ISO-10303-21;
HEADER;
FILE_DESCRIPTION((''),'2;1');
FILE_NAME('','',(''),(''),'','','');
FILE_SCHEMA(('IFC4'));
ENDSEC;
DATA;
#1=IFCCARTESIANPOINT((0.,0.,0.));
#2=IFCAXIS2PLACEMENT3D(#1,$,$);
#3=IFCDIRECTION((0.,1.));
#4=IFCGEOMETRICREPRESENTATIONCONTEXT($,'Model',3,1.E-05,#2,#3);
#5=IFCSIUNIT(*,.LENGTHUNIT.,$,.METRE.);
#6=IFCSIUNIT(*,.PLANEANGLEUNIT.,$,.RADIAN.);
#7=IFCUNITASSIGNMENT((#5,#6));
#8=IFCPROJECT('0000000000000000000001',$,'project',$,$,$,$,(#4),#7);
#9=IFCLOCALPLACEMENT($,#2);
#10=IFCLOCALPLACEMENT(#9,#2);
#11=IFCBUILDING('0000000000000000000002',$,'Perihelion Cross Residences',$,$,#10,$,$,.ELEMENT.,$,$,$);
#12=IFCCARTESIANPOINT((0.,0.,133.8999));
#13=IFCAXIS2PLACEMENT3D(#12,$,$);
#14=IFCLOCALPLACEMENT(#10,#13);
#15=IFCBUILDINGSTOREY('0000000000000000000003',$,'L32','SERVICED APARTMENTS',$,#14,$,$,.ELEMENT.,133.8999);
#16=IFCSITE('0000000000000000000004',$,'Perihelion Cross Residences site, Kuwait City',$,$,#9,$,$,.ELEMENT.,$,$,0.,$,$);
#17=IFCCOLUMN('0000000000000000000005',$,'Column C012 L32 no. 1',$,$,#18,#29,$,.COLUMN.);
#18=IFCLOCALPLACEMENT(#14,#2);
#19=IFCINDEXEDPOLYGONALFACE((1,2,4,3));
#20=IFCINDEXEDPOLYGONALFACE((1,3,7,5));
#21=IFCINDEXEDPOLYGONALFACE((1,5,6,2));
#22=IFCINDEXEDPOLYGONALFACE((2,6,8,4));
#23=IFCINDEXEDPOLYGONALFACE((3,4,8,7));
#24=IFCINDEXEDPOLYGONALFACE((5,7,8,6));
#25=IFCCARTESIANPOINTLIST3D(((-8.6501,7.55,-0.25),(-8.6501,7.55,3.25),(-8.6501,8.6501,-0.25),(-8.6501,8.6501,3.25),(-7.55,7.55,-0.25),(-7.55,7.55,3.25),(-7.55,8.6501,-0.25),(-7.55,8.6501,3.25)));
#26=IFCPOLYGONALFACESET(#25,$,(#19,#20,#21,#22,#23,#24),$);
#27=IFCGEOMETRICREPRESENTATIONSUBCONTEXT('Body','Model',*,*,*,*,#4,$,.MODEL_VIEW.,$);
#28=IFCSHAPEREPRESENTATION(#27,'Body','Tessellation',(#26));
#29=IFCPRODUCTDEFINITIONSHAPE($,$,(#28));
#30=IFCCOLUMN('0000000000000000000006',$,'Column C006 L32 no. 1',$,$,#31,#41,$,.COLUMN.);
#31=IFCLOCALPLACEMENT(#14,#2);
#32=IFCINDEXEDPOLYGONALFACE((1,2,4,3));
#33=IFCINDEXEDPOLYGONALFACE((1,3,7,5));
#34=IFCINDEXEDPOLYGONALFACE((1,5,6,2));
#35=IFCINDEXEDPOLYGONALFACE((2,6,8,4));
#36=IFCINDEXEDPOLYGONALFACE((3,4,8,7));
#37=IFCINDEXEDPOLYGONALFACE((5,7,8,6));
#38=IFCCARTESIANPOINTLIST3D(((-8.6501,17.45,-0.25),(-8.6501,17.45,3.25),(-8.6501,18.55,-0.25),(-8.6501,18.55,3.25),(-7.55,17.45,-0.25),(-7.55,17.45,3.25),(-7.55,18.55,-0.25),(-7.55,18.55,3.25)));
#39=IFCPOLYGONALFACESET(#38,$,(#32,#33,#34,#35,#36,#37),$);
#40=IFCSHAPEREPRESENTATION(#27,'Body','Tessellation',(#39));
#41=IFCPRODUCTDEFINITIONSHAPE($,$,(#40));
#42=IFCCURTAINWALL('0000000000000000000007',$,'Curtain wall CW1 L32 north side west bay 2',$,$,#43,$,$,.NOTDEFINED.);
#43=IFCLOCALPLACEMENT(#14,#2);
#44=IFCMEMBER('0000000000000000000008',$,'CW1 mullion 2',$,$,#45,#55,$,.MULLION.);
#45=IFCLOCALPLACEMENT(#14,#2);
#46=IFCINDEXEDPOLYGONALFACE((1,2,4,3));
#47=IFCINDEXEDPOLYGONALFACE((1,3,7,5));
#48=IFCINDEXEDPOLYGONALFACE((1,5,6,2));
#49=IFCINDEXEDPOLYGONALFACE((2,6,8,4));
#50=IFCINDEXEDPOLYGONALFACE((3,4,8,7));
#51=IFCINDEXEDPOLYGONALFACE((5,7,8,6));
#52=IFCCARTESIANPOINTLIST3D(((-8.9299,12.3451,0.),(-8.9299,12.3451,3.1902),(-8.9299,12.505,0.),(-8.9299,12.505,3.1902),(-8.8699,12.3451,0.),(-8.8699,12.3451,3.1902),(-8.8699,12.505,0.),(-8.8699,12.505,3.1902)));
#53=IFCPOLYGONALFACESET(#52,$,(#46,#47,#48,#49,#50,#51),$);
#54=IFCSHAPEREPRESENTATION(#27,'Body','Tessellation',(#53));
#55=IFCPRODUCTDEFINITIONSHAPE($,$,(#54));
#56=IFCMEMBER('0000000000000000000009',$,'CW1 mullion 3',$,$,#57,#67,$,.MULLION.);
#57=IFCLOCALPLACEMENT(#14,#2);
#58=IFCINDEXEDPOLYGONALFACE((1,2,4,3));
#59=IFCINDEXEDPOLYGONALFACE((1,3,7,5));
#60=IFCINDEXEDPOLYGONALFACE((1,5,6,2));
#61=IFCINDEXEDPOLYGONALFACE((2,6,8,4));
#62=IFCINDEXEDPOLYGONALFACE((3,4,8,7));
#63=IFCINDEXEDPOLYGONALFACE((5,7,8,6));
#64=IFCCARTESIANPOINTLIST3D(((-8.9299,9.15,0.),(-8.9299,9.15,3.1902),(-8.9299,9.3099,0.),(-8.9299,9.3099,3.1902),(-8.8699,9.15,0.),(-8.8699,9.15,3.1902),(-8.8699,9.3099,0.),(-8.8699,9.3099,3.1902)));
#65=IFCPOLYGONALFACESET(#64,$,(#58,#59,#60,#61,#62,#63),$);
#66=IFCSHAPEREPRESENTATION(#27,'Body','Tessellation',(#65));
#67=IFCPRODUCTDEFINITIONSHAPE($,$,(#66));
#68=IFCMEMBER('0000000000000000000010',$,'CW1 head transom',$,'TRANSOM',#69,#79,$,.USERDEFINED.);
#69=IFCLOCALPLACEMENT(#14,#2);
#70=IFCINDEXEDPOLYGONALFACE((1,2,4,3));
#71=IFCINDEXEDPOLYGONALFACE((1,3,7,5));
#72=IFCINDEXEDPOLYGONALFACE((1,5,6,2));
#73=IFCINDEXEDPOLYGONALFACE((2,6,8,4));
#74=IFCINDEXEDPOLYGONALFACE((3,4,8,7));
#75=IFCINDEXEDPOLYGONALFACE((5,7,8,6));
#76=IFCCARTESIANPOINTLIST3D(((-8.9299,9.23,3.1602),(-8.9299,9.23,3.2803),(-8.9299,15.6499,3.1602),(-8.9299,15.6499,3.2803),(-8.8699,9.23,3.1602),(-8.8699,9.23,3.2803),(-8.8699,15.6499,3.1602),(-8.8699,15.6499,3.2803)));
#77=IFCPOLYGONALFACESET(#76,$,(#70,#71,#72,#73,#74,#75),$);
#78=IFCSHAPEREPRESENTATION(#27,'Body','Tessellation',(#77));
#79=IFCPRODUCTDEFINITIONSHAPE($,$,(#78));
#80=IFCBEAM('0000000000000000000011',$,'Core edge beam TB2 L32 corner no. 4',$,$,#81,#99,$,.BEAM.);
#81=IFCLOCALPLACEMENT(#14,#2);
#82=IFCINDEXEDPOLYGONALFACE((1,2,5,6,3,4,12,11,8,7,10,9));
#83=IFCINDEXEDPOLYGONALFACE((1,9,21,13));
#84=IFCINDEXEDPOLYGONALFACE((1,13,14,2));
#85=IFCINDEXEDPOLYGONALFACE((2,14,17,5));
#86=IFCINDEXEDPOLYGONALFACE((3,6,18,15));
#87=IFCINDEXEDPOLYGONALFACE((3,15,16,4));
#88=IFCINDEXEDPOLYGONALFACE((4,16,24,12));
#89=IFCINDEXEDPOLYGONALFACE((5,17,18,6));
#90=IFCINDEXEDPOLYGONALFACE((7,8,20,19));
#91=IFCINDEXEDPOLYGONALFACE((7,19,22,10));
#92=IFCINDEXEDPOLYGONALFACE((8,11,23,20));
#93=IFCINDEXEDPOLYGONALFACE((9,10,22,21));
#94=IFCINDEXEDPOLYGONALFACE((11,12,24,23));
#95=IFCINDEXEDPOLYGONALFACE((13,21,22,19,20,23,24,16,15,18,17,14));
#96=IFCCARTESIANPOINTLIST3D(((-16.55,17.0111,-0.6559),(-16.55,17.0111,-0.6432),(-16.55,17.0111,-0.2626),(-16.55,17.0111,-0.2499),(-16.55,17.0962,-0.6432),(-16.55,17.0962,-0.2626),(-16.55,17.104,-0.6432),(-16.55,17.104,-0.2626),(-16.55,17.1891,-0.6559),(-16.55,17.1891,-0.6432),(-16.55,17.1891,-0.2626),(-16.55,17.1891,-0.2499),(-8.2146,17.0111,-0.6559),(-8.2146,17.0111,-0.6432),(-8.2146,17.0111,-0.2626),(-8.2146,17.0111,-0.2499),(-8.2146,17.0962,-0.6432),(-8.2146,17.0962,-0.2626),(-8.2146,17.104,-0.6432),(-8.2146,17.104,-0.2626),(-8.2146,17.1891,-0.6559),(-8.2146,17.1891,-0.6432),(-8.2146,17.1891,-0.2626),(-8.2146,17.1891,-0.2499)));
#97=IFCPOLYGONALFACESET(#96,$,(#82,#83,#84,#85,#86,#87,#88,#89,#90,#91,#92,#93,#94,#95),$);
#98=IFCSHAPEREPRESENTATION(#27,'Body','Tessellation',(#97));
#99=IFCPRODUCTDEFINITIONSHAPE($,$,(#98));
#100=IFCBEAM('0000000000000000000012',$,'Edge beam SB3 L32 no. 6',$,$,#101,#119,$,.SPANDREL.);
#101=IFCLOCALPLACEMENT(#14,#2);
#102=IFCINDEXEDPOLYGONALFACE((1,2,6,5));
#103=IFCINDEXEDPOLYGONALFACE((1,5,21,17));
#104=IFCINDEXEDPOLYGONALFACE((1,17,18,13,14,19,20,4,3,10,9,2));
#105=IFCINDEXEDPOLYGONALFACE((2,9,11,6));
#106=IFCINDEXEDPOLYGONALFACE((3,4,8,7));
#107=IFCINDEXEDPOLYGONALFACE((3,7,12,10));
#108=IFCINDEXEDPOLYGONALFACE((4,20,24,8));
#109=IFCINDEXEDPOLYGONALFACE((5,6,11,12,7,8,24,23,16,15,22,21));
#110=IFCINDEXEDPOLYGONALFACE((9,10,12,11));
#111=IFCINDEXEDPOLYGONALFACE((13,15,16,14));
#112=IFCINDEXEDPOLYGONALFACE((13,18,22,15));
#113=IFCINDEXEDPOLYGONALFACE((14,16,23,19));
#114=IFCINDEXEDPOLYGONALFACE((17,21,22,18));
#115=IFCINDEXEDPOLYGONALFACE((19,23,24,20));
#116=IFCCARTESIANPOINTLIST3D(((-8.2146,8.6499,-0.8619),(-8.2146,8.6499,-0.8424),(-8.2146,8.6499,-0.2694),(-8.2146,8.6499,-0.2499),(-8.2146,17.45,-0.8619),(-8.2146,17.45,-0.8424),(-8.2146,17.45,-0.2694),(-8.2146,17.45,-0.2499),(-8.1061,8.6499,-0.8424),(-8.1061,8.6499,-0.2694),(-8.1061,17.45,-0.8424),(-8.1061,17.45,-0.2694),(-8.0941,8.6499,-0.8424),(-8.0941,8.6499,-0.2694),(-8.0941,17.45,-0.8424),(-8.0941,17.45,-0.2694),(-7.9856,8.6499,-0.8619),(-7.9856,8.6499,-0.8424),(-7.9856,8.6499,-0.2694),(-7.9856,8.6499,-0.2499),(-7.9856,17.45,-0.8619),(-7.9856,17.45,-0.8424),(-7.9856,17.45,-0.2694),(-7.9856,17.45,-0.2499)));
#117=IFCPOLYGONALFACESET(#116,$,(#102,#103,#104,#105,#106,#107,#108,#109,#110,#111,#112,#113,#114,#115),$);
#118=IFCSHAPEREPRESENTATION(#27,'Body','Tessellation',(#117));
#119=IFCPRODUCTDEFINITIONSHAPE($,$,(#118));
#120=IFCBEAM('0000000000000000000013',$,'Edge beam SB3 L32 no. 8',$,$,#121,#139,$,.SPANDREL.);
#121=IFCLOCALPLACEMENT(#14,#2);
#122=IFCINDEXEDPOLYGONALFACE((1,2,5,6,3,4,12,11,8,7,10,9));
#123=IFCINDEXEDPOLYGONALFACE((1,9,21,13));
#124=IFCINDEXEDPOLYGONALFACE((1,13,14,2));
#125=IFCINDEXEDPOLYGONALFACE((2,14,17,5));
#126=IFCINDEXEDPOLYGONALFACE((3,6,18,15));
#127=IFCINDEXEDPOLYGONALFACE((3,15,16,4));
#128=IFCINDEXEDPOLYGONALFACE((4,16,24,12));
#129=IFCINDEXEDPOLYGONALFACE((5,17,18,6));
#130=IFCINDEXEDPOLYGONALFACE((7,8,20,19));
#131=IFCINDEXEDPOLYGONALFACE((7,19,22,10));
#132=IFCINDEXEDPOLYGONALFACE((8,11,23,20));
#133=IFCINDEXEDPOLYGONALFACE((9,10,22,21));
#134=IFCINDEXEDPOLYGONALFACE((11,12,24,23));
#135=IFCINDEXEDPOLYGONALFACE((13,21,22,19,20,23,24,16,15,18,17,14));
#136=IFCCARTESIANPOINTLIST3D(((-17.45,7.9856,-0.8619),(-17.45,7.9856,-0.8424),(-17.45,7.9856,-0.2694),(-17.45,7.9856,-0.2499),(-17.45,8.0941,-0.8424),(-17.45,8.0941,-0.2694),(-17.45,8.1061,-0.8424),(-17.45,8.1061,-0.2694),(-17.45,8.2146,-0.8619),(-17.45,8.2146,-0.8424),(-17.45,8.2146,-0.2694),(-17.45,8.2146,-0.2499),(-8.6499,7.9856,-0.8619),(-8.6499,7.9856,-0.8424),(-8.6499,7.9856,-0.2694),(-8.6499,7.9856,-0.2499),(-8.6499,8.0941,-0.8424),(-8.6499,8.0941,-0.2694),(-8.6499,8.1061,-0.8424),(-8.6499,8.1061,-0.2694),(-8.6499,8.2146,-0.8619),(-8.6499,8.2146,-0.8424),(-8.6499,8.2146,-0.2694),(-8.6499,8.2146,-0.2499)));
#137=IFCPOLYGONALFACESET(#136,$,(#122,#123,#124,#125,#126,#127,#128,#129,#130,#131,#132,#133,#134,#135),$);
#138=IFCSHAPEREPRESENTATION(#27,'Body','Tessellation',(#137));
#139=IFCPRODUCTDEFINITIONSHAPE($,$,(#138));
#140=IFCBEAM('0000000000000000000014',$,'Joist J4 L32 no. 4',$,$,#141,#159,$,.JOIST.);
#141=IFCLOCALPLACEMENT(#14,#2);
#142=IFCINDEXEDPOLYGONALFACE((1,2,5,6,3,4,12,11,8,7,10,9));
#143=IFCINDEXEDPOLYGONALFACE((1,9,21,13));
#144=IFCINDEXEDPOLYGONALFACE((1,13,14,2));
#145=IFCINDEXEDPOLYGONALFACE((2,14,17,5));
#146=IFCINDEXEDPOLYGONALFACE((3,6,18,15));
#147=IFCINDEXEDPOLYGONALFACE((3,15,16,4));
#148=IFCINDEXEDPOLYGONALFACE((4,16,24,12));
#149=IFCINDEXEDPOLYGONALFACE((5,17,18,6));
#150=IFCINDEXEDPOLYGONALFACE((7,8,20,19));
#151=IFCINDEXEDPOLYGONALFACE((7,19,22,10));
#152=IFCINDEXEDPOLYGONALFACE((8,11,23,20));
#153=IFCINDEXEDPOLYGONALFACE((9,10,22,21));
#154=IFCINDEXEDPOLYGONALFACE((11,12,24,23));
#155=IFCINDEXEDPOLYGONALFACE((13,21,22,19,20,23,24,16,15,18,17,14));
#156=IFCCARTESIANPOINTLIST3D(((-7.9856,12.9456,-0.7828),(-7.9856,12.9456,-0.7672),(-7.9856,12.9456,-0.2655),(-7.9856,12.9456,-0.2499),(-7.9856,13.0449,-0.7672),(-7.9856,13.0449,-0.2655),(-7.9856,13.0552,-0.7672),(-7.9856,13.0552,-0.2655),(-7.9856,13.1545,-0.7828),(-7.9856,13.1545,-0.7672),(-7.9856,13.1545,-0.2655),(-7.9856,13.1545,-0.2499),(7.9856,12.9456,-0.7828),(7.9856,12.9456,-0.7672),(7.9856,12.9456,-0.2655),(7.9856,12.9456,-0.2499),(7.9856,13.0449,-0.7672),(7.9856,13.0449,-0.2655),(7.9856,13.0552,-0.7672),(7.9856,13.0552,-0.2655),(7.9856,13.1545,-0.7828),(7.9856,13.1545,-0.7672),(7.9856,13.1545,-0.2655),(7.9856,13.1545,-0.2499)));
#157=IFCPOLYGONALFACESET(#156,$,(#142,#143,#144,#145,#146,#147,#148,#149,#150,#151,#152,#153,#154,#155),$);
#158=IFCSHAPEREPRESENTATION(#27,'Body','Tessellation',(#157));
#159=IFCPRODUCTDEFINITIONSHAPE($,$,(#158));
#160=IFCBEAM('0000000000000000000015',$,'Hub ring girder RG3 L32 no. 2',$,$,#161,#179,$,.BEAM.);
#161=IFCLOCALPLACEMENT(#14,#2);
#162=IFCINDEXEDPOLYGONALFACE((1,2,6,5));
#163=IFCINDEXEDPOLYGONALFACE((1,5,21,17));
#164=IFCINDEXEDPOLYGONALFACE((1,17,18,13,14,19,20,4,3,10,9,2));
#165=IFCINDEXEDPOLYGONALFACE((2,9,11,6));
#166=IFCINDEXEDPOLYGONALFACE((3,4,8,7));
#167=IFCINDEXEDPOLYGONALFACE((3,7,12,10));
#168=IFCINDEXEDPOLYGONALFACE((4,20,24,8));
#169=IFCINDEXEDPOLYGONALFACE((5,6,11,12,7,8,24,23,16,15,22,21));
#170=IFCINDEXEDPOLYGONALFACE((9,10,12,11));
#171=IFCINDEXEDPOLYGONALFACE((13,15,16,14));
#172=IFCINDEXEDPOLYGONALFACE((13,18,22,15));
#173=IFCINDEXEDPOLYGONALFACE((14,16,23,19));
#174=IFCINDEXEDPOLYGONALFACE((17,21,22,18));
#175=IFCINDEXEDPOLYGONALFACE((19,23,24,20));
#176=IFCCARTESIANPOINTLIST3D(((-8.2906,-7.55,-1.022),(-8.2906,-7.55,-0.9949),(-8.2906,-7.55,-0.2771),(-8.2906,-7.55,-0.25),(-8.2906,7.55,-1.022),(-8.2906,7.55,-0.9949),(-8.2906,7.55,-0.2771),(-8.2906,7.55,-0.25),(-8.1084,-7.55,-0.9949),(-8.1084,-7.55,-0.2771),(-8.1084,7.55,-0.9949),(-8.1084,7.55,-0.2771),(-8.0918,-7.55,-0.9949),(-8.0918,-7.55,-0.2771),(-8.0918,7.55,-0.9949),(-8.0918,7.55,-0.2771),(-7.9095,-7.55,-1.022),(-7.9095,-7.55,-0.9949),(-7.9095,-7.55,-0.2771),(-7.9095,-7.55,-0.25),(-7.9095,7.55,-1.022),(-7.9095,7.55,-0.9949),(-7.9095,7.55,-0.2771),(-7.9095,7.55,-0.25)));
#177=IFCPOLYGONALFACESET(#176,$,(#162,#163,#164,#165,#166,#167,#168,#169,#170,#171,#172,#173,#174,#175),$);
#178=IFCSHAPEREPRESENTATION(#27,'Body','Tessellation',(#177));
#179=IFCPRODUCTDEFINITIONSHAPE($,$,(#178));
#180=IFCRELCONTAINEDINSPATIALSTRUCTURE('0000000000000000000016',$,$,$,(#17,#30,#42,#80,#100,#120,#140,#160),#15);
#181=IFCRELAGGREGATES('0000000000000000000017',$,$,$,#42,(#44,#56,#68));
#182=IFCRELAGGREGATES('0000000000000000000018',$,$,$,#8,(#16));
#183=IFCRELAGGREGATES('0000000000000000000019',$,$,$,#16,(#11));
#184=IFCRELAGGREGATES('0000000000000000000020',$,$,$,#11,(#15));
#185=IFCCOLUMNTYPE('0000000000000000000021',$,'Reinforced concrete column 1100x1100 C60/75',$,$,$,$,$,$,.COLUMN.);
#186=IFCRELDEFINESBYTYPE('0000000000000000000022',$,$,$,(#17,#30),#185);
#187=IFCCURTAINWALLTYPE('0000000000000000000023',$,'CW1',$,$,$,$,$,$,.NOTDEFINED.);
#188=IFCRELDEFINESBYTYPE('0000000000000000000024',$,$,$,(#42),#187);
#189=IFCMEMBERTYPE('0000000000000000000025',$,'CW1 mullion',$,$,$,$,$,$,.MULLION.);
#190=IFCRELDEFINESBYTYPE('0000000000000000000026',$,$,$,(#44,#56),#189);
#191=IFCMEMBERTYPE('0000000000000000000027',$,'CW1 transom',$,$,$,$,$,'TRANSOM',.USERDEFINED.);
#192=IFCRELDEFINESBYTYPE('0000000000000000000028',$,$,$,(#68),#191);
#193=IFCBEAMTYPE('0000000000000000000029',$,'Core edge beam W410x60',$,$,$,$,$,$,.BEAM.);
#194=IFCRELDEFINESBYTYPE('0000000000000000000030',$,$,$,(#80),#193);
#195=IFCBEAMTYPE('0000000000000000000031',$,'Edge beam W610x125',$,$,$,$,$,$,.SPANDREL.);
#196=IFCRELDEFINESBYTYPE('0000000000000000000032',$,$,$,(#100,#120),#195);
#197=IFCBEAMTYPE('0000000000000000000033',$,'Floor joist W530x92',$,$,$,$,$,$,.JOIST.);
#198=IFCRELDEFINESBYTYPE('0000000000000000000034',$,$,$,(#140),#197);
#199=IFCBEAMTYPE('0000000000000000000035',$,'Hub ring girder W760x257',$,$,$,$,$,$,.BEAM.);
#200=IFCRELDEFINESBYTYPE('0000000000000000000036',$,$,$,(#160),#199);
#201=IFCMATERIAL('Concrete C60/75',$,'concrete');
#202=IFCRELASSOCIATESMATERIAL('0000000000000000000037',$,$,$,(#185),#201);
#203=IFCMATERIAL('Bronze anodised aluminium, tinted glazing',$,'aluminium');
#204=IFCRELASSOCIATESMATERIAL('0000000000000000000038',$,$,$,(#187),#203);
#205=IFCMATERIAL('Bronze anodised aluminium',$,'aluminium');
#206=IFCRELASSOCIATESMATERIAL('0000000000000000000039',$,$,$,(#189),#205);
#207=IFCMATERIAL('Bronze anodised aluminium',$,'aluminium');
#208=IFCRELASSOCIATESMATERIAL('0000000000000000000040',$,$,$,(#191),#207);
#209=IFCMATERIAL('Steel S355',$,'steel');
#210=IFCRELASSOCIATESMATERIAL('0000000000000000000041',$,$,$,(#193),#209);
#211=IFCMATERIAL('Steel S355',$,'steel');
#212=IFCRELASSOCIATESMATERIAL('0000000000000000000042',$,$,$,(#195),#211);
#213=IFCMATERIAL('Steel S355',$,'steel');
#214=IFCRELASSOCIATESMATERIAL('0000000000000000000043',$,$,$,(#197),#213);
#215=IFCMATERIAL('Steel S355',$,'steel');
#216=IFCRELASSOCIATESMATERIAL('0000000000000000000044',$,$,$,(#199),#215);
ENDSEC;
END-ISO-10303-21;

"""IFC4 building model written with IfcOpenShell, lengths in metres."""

from ifc_helpers import new_model, si_unit, direction, frame, origin, origin_2d, place, context, subcontext, project, spatial, rectangle, i_section, extrude, material, material_profile, profile_set, type_object, element, aggregate, save


model = new_model("IFC4")

# Units and contexts
model_context = context("Model", 3, precision=1e-05, world=origin(), true_north=direction((0.0, 1.0)))
body_context = subcontext(model_context, "Body", "Model", "MODEL_VIEW")
ifc_project = project(units=[si_unit("LENGTHUNIT", "METRE"), si_unit("PLANEANGLEUNIT", "RADIAN")], contexts=[model_context])

# Site, building, storey
site_placement = place(None, origin())
site = spatial("IfcSite", under=ifc_project, at=site_placement, Name="Perihelion Cross Residences site, Kuwait City", CompositionType="ELEMENT", RefElevation=0.0)
building_placement = place(site_placement, origin())
building = spatial("IfcBuilding", under=site, at=building_placement, Name="Perihelion Cross Residences", CompositionType="ELEMENT")
storey_placement = place(building_placement, frame((0.0, 0.0, 133.8999)))
storey = spatial("IfcBuildingStorey", under=building, at=storey_placement, Name="L32", Description="SERVICED APARTMENTS", CompositionType="ELEMENT", Elevation=133.8999)

# Columns
ifc_material_1 = material(Name="Concrete C60/75", Category="concrete")
ifc_material_profile_1 = material_profile(ifc_material_1, rectangle(XDim=1.1001, YDim=1.1001, at=origin_2d()), Name="RC 1100x1100")
ifc_profile_set_1 = profile_set([ifc_material_profile_1], Name="Concrete C60/75")
column_type = type_object("IfcColumnType", Name="Reinforced concrete column 1100x1100 C60/75", PredefinedType="COLUMN", material=ifc_profile_set_1)
for number, where, z_axis, x_axis, name in (
    (1, (-8.1001, 8.1001, -0.25), (0.0, 0.0, 1.0), (1.0, 0.0, 0.0), "Column C012 L32 no. 1"),
    (2, (-8.1001, 18.0, -0.25), (0.0, 0.0, 1.0), (1.0, 0.0, 0.0), "Column C006 L32 no. 1"),
):
    element("IfcColumn", number, at=place(storey_placement, frame(where, z_axis=z_axis, x_axis=x_axis)), inside=storey, type_object=column_type, Name=name, PredefinedType="COLUMN", context=body_context, shape_type="SweptSolid", body=[
        extrude(rectangle(XDim=1.1001, YDim=1.1001, at=origin_2d()), origin(), (0.0, 0.0, 1.0), 3.5),
    ])

# Curtain wall, members
ifc_material_2 = material(Name="Bronze anodised aluminium, tinted glazing", Category="aluminium")
curtain_wall_type = type_object("IfcCurtainWallType", Name="CW1", PredefinedType="NOTDEFINED", material=ifc_material_2)
curtain_wall_placement = place(storey_placement, origin())
curtain_wall = element("IfcCurtainWall", 3, at=curtain_wall_placement, inside=storey, type_object=curtain_wall_type, Name="Curtain wall CW1 L32 north side west bay 2", PredefinedType="NOTDEFINED")
ifc_material_3 = material(Name="Bronze anodised aluminium", Category="aluminium")
ifc_material_profile_2 = material_profile(ifc_material_3, rectangle(XDim=0.0601, YDim=0.1599, at=origin_2d()), Name="CW1 mullion")
ifc_profile_set_2 = profile_set([ifc_material_profile_2], Name="Bronze anodised aluminium")
member_type_1 = type_object("IfcMemberType", Name="CW1 mullion", PredefinedType="MULLION", material=ifc_profile_set_2)
member_1_placement = place(storey_placement, frame((-8.8999, 12.425, 0.0), z_axis=(0.0, 0.0, 1.0), x_axis=(1.0, 0.0, 0.0)))
member_1 = element("IfcMember", 4, at=member_1_placement, type_object=member_type_1, Name="CW1 mullion 2", PredefinedType="MULLION", context=body_context, shape_type="SweptSolid", body=[
    extrude(rectangle(XDim=0.0601, YDim=0.1599, at=origin_2d()), origin(), (0.0, 0.0, 1.0), 3.1902),
])
member_2_placement = place(storey_placement, frame((-8.8999, 9.23, 0.0), z_axis=(0.0, 0.0, 1.0), x_axis=(1.0, 0.0, 0.0)))
member_2 = element("IfcMember", 5, at=member_2_placement, type_object=member_type_1, Name="CW1 mullion 3", PredefinedType="MULLION", context=body_context, shape_type="SweptSolid", body=[
    extrude(rectangle(XDim=0.0601, YDim=0.1599, at=origin_2d()), origin(), (0.0, 0.0, 1.0), 3.1902),
])
ifc_material_4 = material(Name="Bronze anodised aluminium", Category="aluminium")
ifc_material_profile_3 = material_profile(ifc_material_4, rectangle(XDim=0.0601, YDim=0.1201, at=origin_2d()), Name="CW1 transom")
ifc_profile_set_3 = profile_set([ifc_material_profile_3], Name="Bronze anodised aluminium")
member_type_2 = type_object("IfcMemberType", Name="CW1 transom", ElementType="TRANSOM", PredefinedType="USERDEFINED", material=ifc_profile_set_3)
member_3_placement = place(storey_placement, frame((-8.8999, 15.6499, 3.2202), z_axis=(0.0, -1.0, 0.0), x_axis=(1.0, 0.0, 0.0)))
member_3 = element("IfcMember", 6, at=member_3_placement, type_object=member_type_2, Name="CW1 head transom", ObjectType="TRANSOM", PredefinedType="USERDEFINED", context=body_context, shape_type="SweptSolid", body=[
    extrude(rectangle(XDim=0.0601, YDim=0.1201, at=origin_2d()), origin(), (0.0, 0.0, 1.0), 6.4199),
])

# Beams
ifc_material_5 = material(Name="Steel S355", Category="steel")
ifc_material_profile_4 = material_profile(ifc_material_5, i_section(OverallWidth=0.178, OverallDepth=0.406, WebThickness=0.0078, FlangeThickness=0.0127, at=origin_2d()), Name="W410x60")
ifc_profile_set_4 = profile_set([ifc_material_profile_4], Name="Steel S355")
beam_type_1 = type_object("IfcBeamType", Name="Core edge beam W410x60", PredefinedType="BEAM", material=ifc_profile_set_4)
beam_1_placement = place(storey_placement, frame((-8.2146, 17.1001, -0.4529), z_axis=(-1.0, 0.0, 0.0), x_axis=(0.0, -1.0, 0.0)))
element("IfcBeam", 7, at=beam_1_placement, inside=storey, type_object=beam_type_1, Name="Core edge beam TB2 L32 corner no. 4", PredefinedType="BEAM", context=body_context, shape_type="SweptSolid", body=[
    extrude(i_section(OverallWidth=0.178, OverallDepth=0.406, WebThickness=0.0078, FlangeThickness=0.0127, at=origin_2d()), origin(), (0.0, 0.0, 1.0), 8.3354),
])
ifc_material_6 = material(Name="Steel S355", Category="steel")
ifc_material_profile_5 = material_profile(ifc_material_6, i_section(OverallWidth=0.229, OverallDepth=0.6121, WebThickness=0.012, FlangeThickness=0.0195, at=origin_2d()), Name="W610x125")
ifc_profile_set_5 = profile_set([ifc_material_profile_5], Name="Steel S355")
beam_type_2 = type_object("IfcBeamType", Name="Edge beam W610x125", PredefinedType="SPANDREL", material=ifc_profile_set_5)
for number, where, z_axis, x_axis, name in (
    (8, (-8.1001, 17.45, -0.5559), (0.0, -1.0, 0.0), (1.0, 0.0, 0.0), "Edge beam SB3 L32 no. 6"),
    (9, (-8.6499, 8.1001, -0.5559), (-1.0, 0.0, 0.0), (0.0, -1.0, 0.0), "Edge beam SB3 L32 no. 8"),
):
    element("IfcBeam", number, at=place(storey_placement, frame(where, z_axis=z_axis, x_axis=x_axis)), inside=storey, type_object=beam_type_2, Name=name, PredefinedType="SPANDREL", context=body_context, shape_type="SweptSolid", body=[
        extrude(i_section(OverallWidth=0.229, OverallDepth=0.6121, WebThickness=0.012, FlangeThickness=0.0195, at=origin_2d()), origin(), (0.0, 0.0, 1.0), 8.8),
    ])
ifc_material_7 = material(Name="Steel S355", Category="steel")
ifc_material_profile_6 = material_profile(ifc_material_7, i_section(OverallWidth=0.209, OverallDepth=0.533, WebThickness=0.0103, FlangeThickness=0.0156, at=origin_2d()), Name="W530x92")
ifc_profile_set_6 = profile_set([ifc_material_profile_6], Name="Steel S355")
beam_type_3 = type_object("IfcBeamType", Name="Floor joist W530x92", PredefinedType="JOIST", material=ifc_profile_set_6)
beam_2_placement = place(storey_placement, frame((-7.9856, 13.05, -0.5164), z_axis=(1.0, 0.0, 0.0), x_axis=(0.0, 1.0, 0.0)))
element("IfcBeam", 10, at=beam_2_placement, inside=storey, type_object=beam_type_3, Name="Joist J4 L32 no. 4", PredefinedType="JOIST", context=body_context, shape_type="SweptSolid", body=[
    extrude(i_section(OverallWidth=0.209, OverallDepth=0.533, WebThickness=0.0103, FlangeThickness=0.0156, at=origin_2d()), origin(), (0.0, 0.0, 1.0), 15.9712),
])
ifc_material_8 = material(Name="Steel S355", Category="steel")
ifc_material_profile_7 = material_profile(ifc_material_8, i_section(OverallWidth=0.3811, OverallDepth=0.772, WebThickness=0.0166, FlangeThickness=0.0271, at=origin_2d()), Name="W760x257")
ifc_profile_set_7 = profile_set([ifc_material_profile_7], Name="Steel S355")
beam_type_4 = type_object("IfcBeamType", Name="Hub ring girder W760x257", PredefinedType="BEAM", material=ifc_profile_set_7)
beam_3_placement = place(storey_placement, frame((-8.1001, 7.55, -0.636), z_axis=(0.0, -1.0, 0.0), x_axis=(1.0, 0.0, 0.0)))
element("IfcBeam", 11, at=beam_3_placement, inside=storey, type_object=beam_type_4, Name="Hub ring girder RG3 L32 no. 2", PredefinedType="BEAM", context=body_context, shape_type="SweptSolid", body=[
    extrude(i_section(OverallWidth=0.3811, OverallDepth=0.772, WebThickness=0.0166, FlangeThickness=0.0271, at=origin_2d()), origin(), (0.0, 0.0, 1.0), 15.1001),
])

aggregate(curtain_wall, [member_1, member_2, member_3])

save(model, "model.ifc")
